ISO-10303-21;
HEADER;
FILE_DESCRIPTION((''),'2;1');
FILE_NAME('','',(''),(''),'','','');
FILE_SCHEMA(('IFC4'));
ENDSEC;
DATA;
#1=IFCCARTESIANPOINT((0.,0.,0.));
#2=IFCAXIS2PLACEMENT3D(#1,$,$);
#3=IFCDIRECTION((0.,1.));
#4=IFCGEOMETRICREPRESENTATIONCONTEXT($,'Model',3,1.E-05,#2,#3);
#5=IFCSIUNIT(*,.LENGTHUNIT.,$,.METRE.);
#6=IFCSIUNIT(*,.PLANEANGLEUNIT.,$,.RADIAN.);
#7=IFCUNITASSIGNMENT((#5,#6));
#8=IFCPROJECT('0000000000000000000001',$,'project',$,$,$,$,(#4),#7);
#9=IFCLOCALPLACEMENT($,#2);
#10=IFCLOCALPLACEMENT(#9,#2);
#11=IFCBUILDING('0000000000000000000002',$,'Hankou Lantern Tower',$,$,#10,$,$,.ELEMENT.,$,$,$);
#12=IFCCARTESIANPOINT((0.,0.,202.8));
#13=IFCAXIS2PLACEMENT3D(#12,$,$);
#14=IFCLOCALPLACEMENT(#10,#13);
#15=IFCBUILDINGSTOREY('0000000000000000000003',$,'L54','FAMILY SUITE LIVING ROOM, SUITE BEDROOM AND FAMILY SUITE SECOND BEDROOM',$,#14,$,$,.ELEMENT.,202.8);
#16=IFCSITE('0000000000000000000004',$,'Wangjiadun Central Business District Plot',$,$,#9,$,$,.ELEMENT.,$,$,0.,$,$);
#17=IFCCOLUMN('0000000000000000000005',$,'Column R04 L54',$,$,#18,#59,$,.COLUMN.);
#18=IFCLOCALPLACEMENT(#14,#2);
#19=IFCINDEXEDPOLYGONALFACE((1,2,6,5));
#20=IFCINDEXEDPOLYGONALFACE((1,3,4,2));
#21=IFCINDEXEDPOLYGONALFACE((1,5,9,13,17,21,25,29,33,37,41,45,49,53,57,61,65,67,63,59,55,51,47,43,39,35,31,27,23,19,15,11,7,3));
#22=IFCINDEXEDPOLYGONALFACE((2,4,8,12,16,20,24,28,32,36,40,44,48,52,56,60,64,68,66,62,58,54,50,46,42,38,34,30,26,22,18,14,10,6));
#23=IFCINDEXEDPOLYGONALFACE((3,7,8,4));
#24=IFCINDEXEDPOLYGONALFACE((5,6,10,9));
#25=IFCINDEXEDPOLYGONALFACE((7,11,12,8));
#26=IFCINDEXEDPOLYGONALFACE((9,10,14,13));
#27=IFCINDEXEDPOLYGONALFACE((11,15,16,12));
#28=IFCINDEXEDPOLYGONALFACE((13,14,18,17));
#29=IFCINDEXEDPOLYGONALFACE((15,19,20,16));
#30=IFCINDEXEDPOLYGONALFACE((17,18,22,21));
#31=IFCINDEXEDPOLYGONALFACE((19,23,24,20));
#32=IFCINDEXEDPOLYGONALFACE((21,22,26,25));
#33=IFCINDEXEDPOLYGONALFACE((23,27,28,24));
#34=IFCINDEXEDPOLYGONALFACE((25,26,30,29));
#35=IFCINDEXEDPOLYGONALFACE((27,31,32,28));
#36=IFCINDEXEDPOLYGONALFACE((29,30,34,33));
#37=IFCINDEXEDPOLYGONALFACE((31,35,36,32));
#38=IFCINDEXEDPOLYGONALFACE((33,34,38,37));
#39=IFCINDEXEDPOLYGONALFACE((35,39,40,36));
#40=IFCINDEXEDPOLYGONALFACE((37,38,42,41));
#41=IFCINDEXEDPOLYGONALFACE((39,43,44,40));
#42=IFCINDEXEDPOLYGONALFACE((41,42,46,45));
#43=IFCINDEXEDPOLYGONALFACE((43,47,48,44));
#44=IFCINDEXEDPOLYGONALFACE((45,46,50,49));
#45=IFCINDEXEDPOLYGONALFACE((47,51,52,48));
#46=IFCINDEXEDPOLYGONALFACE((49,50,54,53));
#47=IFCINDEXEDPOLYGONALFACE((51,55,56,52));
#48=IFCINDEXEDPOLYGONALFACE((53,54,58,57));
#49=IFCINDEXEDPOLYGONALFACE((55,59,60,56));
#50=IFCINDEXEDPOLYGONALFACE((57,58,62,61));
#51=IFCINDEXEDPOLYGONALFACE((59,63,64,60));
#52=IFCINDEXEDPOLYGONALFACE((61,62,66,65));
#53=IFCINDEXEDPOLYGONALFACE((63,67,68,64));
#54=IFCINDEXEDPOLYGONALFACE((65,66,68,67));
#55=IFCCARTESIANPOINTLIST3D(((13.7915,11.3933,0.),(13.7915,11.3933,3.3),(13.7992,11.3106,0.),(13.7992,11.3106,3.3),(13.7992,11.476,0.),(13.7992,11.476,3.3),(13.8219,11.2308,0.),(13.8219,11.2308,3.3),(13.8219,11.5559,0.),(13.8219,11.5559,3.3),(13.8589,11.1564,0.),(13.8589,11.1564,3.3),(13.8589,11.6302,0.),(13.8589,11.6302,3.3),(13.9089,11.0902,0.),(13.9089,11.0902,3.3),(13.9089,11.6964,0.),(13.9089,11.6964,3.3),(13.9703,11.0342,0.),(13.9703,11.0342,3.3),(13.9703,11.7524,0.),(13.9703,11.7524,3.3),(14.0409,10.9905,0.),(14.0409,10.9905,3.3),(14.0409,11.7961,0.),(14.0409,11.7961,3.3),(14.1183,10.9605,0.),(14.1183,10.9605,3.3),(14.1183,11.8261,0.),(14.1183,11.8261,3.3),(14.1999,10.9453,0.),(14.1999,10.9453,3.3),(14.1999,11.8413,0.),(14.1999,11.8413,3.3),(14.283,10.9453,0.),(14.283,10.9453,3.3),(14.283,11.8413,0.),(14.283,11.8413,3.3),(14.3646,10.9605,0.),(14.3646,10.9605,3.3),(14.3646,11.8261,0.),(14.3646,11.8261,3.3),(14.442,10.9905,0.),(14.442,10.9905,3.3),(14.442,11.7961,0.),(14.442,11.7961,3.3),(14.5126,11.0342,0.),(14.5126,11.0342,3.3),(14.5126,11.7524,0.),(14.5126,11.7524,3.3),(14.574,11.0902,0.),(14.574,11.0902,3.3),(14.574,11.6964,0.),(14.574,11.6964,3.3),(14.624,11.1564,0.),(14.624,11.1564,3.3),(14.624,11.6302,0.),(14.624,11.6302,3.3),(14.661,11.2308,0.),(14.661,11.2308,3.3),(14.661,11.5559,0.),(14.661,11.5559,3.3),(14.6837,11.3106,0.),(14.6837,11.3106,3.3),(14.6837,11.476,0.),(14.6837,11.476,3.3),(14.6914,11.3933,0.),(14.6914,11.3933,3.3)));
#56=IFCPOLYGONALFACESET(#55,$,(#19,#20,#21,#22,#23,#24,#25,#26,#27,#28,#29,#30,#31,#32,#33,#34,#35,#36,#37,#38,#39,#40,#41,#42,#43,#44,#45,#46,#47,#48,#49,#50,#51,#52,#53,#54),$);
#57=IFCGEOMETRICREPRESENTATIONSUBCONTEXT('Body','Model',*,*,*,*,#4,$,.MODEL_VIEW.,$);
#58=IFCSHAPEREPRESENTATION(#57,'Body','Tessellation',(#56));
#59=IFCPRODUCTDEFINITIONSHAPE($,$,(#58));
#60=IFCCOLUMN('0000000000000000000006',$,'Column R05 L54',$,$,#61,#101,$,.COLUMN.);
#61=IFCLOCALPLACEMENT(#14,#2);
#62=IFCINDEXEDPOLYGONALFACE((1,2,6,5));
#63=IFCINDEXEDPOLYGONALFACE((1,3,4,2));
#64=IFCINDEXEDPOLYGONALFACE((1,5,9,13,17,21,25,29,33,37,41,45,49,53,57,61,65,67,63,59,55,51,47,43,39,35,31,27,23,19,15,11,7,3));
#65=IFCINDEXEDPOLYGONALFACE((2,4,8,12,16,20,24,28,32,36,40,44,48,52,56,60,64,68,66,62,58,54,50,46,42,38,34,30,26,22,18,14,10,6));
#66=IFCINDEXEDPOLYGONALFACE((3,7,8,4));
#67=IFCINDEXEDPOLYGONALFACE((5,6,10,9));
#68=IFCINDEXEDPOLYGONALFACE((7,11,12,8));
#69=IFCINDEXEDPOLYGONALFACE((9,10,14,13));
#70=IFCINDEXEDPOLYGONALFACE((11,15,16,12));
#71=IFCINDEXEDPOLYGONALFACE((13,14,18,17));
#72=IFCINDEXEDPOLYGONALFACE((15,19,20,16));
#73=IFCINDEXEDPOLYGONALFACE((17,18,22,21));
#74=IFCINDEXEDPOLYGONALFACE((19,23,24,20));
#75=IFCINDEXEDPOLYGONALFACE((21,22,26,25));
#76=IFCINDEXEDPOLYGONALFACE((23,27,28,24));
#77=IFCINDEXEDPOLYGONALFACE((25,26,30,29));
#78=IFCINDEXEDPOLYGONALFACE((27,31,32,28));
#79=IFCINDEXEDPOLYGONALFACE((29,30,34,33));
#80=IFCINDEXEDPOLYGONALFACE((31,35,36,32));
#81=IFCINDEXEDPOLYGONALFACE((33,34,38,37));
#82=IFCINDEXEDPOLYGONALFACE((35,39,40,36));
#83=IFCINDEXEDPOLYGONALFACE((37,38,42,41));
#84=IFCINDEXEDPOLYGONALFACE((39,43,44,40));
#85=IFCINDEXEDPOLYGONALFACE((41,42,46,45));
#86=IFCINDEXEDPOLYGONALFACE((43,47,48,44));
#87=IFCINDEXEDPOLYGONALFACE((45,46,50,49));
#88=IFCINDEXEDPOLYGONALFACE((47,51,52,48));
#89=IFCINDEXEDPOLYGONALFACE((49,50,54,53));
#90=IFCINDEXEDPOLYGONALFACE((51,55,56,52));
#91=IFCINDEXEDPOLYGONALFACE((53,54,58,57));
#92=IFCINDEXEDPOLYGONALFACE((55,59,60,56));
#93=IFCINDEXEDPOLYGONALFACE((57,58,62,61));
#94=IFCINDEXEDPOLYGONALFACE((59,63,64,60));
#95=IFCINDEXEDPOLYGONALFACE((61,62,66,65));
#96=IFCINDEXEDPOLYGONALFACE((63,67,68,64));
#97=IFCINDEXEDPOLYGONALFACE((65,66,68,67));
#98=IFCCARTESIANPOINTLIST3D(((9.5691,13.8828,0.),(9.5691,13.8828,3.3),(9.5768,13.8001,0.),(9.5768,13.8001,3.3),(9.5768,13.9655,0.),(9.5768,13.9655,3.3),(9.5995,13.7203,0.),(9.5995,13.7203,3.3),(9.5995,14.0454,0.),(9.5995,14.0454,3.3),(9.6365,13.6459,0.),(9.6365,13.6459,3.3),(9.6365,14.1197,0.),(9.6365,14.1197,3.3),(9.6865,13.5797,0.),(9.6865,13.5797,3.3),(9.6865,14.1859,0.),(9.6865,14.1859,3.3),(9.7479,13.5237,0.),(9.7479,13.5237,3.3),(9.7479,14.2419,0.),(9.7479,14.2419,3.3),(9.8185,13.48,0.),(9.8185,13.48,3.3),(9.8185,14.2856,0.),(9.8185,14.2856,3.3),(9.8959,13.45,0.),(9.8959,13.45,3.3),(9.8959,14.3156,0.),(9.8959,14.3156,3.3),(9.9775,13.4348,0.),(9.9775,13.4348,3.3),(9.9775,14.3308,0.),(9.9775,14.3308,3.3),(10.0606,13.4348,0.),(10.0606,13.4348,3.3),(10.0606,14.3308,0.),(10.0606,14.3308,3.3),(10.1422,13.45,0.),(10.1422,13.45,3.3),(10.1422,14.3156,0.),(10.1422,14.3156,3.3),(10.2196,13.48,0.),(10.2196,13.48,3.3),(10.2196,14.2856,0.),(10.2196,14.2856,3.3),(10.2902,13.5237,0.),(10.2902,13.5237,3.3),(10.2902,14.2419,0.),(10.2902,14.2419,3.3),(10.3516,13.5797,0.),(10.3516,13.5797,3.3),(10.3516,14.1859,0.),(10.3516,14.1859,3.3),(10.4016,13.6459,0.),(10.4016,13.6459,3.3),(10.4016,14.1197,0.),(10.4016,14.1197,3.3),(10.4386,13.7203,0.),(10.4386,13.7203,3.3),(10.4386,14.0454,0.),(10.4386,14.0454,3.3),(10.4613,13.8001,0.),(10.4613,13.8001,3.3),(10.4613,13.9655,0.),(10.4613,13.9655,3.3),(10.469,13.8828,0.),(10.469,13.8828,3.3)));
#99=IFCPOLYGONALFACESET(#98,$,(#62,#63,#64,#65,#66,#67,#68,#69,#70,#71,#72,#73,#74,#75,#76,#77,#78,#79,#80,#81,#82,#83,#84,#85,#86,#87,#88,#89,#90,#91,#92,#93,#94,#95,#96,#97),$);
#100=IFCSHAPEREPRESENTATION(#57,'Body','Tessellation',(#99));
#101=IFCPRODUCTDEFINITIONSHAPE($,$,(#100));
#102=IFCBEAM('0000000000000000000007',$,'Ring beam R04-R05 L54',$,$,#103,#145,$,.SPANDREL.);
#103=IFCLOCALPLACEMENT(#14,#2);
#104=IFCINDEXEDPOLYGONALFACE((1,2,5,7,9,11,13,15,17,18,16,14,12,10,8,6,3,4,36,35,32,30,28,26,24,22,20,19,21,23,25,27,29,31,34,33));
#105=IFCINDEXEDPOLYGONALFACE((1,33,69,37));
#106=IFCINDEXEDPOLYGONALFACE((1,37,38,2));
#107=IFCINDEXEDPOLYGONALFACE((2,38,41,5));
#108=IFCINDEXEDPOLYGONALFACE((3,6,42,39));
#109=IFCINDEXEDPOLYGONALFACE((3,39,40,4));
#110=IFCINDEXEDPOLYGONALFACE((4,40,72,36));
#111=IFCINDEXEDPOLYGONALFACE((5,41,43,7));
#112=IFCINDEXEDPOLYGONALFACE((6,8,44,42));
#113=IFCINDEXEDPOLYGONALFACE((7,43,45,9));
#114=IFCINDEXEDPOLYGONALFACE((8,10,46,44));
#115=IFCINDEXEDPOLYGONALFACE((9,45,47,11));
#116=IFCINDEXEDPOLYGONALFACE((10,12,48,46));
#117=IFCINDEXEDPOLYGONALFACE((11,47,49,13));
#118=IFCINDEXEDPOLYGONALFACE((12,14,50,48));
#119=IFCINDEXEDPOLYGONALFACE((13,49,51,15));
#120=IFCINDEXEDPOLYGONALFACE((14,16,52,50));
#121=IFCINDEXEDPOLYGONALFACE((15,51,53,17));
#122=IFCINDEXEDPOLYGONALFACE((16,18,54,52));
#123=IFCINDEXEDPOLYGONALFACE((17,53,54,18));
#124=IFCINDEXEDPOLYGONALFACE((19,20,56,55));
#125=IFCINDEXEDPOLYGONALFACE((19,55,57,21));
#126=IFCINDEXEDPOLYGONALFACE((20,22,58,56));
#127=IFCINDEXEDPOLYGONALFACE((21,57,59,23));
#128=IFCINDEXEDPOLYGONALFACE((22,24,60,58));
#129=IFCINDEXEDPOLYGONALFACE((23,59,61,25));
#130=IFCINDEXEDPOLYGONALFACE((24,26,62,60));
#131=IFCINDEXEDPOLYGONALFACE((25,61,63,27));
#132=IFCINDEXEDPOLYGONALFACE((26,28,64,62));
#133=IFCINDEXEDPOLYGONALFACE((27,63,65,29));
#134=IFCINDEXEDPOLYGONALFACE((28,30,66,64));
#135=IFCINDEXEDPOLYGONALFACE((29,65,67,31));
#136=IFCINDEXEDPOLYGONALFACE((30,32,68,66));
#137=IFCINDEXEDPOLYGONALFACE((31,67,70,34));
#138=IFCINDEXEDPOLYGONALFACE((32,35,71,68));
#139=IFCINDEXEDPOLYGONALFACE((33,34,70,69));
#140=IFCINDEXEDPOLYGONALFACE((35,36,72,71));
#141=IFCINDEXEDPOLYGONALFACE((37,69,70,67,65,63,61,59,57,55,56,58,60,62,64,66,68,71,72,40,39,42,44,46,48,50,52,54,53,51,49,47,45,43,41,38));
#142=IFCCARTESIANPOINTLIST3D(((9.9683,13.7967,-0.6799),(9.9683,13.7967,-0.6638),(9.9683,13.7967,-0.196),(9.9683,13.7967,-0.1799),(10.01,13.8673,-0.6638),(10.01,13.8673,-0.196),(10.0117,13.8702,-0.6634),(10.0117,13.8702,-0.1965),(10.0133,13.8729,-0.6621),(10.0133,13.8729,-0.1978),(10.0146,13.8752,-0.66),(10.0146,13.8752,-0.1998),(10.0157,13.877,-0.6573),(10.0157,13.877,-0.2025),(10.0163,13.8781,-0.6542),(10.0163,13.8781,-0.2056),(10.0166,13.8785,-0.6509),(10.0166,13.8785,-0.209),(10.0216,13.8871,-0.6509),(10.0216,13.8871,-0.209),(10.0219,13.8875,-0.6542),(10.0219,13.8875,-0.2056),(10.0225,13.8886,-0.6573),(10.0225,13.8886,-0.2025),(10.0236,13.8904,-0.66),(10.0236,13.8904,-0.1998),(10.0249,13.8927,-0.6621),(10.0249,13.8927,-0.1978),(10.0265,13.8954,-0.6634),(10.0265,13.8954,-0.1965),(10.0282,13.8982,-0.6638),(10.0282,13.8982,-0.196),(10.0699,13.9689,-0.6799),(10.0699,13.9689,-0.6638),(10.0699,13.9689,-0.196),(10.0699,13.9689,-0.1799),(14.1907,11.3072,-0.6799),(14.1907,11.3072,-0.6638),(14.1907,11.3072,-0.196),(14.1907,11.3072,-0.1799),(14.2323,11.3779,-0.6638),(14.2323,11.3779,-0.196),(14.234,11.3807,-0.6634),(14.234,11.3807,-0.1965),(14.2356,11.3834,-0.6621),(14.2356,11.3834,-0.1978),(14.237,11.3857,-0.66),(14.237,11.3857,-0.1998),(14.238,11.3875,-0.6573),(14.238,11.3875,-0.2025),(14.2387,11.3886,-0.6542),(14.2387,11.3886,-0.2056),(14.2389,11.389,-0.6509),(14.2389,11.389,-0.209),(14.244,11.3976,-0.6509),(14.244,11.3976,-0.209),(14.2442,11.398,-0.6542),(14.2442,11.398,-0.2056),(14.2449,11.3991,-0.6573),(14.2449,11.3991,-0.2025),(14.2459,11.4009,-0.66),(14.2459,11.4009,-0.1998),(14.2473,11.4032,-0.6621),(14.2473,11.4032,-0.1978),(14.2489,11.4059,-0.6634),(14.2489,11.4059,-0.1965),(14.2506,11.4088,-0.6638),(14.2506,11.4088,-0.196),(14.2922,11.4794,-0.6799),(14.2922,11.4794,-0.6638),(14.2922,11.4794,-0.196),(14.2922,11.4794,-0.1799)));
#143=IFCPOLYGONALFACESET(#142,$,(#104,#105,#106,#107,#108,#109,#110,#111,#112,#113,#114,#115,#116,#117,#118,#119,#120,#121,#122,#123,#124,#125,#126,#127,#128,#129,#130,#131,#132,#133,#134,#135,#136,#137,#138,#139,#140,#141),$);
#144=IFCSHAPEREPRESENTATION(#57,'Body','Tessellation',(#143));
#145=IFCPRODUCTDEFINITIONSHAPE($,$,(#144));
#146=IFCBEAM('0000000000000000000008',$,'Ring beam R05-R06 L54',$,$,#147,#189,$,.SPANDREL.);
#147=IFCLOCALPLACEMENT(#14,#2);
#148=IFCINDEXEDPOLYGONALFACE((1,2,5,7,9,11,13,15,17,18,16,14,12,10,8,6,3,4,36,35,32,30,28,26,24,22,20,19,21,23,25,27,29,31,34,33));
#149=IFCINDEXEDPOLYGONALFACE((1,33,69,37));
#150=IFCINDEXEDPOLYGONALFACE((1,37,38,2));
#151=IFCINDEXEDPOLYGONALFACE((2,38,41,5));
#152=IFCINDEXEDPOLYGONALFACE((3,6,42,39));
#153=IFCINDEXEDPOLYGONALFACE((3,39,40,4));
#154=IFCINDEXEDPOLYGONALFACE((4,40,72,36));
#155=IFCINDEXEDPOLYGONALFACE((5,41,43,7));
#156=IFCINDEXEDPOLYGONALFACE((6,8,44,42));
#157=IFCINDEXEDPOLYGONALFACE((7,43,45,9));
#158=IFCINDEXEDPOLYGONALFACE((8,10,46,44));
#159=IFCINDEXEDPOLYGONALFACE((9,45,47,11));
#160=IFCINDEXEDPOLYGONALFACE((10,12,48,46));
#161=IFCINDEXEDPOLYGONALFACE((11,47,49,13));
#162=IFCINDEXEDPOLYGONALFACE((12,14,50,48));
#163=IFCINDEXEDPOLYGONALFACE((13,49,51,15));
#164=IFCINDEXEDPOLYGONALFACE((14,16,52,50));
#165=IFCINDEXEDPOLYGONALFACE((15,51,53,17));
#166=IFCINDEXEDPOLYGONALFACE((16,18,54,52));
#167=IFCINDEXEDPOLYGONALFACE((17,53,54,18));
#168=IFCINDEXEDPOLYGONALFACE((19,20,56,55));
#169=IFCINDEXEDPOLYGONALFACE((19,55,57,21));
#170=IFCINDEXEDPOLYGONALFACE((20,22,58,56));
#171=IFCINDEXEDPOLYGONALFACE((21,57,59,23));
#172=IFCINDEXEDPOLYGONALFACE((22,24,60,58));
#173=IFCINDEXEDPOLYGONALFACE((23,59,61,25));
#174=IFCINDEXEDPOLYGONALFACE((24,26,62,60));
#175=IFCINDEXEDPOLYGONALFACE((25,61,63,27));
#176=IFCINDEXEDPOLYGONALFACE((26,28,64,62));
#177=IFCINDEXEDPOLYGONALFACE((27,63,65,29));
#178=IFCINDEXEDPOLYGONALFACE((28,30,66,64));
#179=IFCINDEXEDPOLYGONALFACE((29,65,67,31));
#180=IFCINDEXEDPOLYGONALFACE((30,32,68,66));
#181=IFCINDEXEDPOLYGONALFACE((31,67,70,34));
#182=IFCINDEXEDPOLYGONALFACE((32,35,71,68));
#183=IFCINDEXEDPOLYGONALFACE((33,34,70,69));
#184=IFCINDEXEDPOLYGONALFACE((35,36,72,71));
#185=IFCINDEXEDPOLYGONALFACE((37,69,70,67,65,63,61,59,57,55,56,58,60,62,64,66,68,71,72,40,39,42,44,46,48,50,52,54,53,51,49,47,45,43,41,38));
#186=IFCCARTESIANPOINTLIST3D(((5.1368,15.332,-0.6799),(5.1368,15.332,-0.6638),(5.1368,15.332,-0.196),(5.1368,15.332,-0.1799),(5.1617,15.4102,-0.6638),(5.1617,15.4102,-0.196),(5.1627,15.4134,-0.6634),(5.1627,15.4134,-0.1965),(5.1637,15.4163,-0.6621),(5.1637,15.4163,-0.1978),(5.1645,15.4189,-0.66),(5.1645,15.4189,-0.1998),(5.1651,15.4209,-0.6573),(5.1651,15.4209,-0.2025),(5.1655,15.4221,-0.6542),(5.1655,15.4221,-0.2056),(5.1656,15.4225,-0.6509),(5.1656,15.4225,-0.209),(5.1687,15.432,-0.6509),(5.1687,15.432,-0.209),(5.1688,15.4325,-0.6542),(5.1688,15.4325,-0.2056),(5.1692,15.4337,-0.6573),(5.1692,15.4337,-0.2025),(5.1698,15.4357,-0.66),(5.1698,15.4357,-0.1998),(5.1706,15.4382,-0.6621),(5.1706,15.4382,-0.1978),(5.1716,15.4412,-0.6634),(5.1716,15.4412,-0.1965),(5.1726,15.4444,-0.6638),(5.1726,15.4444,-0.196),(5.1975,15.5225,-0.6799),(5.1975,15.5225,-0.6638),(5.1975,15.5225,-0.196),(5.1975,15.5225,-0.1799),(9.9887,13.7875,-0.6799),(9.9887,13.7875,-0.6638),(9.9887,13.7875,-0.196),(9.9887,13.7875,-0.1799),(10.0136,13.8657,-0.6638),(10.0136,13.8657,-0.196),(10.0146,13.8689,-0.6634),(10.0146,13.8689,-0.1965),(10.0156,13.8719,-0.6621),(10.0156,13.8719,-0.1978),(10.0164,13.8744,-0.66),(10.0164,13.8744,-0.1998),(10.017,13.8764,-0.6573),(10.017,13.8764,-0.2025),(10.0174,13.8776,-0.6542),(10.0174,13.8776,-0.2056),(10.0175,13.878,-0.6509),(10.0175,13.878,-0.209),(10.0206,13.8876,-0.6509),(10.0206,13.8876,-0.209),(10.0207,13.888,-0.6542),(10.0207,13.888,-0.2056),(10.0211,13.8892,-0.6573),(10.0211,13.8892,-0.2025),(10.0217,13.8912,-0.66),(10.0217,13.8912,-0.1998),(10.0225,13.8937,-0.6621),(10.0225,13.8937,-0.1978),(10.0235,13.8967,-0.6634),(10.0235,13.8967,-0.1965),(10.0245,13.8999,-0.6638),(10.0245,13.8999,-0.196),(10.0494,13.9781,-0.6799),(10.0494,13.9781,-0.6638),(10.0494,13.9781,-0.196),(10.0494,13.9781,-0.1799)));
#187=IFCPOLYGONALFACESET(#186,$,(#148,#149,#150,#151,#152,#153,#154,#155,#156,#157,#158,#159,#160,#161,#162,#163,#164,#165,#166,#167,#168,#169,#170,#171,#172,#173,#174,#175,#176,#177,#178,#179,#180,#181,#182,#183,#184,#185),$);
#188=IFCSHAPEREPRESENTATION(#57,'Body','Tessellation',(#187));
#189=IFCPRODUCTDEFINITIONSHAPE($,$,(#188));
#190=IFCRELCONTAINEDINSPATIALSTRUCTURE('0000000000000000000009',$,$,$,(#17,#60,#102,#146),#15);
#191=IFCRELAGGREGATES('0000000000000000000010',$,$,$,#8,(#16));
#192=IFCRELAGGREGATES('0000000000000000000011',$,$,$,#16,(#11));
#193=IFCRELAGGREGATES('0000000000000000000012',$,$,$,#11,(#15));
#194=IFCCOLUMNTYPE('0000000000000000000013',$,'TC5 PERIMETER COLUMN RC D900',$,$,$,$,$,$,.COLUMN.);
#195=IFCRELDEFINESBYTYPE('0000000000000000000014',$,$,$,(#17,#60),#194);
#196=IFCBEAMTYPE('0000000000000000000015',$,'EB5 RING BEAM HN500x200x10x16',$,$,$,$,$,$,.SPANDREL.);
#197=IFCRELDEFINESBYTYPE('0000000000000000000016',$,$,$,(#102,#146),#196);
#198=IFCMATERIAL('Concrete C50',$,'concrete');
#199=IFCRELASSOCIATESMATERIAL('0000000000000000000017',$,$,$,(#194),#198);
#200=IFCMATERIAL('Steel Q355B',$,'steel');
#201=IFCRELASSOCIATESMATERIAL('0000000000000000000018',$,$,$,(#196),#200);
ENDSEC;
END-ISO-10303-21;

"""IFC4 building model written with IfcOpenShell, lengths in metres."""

from ifc_helpers import new_model, si_unit, direction, frame, origin, origin_2d, place, context, subcontext, project, spatial, circle, i_section, extrude, material, material_profile, profile_set, type_object, element, save


model = new_model("IFC4")

# Units and contexts
model_context = context("Model", 3, precision=1e-05, world=origin(), true_north=direction((0.0, 1.0)))
body_context = subcontext(model_context, "Body", "Model", "MODEL_VIEW")
ifc_project = project(units=[si_unit("LENGTHUNIT", "METRE"), si_unit("PLANEANGLEUNIT", "RADIAN")], contexts=[model_context])

# Site, building, storey
site_placement = place(None, origin())
site = spatial("IfcSite", under=ifc_project, at=site_placement, Name="Wangjiadun Central Business District Plot", CompositionType="ELEMENT", RefElevation=0.0)
building_placement = place(site_placement, origin())
building = spatial("IfcBuilding", under=site, at=building_placement, Name="Hankou Lantern Tower", CompositionType="ELEMENT")
storey_placement = place(building_placement, frame((0.0, 0.0, 202.8)))
storey = spatial("IfcBuildingStorey", under=building, at=storey_placement, Name="L54", Description="FAMILY SUITE LIVING ROOM, SUITE BEDROOM AND FAMILY SUITE SECOND BEDROOM", CompositionType="ELEMENT", Elevation=202.8)

# Columns
ifc_material_1 = material(Name="Concrete C50", Category="concrete")
ifc_material_profile_1 = material_profile(ifc_material_1, circle(Radius=0.45, at=origin_2d()), Name="RC D900")
ifc_profile_set_1 = profile_set([ifc_material_profile_1], Name="Concrete C50")
column_type = type_object("IfcColumnType", Name="TC5 PERIMETER COLUMN RC D900", PredefinedType="COLUMN", material=ifc_profile_set_1)
for number, where, z_axis, x_axis, name in (
    (1, (14.2415, 11.3933, 0.0), (0.0, 0.0, 1.0), (1.0, 0.0, 0.0), "Column R04 L54"),
    (2, (10.019, 13.8828, 0.0), (0.0, 0.0, 1.0), (1.0, 0.0, 0.0), "Column R05 L54"),
):
    element("IfcColumn", number, at=place(storey_placement, frame(where, z_axis=z_axis, x_axis=x_axis)), inside=storey, type_object=column_type, Name=name, PredefinedType="COLUMN", context=body_context, shape_type="SweptSolid", body=[
        extrude(circle(Radius=0.45, at=origin_2d()), origin(), (0.0, 0.0, 1.0), 3.3),
    ])

# Beams
ifc_material_2 = material(Name="Steel Q355B", Category="steel")
ifc_material_profile_2 = material_profile(ifc_material_2, i_section(OverallWidth=0.2, OverallDepth=0.5, WebThickness=0.01, FlangeThickness=0.0161, FilletRadius=0.0129, at=origin_2d()), Name="HN500x200x10x16")
ifc_profile_set_2 = profile_set([ifc_material_profile_2], Name="Steel Q355B")
beam_type_1 = type_object("IfcBeamType", Name="EB5 RING BEAM HN500x200x10x16", PredefinedType="SPANDREL", material=ifc_profile_set_2)
beam_1_placement = place(storey_placement, frame((14.2415, 11.3933, -0.4299), z_axis=(-0.861423, 0.507888, 0.0), x_axis=(-0.507888, -0.861423, 0.0)))
element("IfcBeam", 3, at=beam_1_placement, inside=storey, type_object=beam_type_1, Name="Ring beam R04-R05 L54", PredefinedType="SPANDREL", context=body_context, shape_type="SweptSolid", body=[
    extrude(i_section(OverallWidth=0.2, OverallDepth=0.5, WebThickness=0.01, FlangeThickness=0.0161, FilletRadius=0.0129, at=origin_2d()), origin(), (0.0, 0.0, 1.0), 4.9016),
])
beam_2_placement = place(storey_placement, frame((10.019, 13.8828, -0.4299), z_axis=(-0.952887, 0.303324, 0.0), x_axis=(-0.303324, -0.952887, 0.0)))
element("IfcBeam", 4, at=beam_2_placement, inside=storey, type_object=beam_type_1, Name="Ring beam R05-R06 L54", PredefinedType="SPANDREL", context=body_context, shape_type="SweptSolid", body=[
    extrude(i_section(OverallWidth=0.2, OverallDepth=0.5, WebThickness=0.01, FlangeThickness=0.0161, FilletRadius=0.0129, at=origin_2d()), origin(), (0.0, 0.0, 1.0), 5.0918),
])

save(model, "model.ifc")
